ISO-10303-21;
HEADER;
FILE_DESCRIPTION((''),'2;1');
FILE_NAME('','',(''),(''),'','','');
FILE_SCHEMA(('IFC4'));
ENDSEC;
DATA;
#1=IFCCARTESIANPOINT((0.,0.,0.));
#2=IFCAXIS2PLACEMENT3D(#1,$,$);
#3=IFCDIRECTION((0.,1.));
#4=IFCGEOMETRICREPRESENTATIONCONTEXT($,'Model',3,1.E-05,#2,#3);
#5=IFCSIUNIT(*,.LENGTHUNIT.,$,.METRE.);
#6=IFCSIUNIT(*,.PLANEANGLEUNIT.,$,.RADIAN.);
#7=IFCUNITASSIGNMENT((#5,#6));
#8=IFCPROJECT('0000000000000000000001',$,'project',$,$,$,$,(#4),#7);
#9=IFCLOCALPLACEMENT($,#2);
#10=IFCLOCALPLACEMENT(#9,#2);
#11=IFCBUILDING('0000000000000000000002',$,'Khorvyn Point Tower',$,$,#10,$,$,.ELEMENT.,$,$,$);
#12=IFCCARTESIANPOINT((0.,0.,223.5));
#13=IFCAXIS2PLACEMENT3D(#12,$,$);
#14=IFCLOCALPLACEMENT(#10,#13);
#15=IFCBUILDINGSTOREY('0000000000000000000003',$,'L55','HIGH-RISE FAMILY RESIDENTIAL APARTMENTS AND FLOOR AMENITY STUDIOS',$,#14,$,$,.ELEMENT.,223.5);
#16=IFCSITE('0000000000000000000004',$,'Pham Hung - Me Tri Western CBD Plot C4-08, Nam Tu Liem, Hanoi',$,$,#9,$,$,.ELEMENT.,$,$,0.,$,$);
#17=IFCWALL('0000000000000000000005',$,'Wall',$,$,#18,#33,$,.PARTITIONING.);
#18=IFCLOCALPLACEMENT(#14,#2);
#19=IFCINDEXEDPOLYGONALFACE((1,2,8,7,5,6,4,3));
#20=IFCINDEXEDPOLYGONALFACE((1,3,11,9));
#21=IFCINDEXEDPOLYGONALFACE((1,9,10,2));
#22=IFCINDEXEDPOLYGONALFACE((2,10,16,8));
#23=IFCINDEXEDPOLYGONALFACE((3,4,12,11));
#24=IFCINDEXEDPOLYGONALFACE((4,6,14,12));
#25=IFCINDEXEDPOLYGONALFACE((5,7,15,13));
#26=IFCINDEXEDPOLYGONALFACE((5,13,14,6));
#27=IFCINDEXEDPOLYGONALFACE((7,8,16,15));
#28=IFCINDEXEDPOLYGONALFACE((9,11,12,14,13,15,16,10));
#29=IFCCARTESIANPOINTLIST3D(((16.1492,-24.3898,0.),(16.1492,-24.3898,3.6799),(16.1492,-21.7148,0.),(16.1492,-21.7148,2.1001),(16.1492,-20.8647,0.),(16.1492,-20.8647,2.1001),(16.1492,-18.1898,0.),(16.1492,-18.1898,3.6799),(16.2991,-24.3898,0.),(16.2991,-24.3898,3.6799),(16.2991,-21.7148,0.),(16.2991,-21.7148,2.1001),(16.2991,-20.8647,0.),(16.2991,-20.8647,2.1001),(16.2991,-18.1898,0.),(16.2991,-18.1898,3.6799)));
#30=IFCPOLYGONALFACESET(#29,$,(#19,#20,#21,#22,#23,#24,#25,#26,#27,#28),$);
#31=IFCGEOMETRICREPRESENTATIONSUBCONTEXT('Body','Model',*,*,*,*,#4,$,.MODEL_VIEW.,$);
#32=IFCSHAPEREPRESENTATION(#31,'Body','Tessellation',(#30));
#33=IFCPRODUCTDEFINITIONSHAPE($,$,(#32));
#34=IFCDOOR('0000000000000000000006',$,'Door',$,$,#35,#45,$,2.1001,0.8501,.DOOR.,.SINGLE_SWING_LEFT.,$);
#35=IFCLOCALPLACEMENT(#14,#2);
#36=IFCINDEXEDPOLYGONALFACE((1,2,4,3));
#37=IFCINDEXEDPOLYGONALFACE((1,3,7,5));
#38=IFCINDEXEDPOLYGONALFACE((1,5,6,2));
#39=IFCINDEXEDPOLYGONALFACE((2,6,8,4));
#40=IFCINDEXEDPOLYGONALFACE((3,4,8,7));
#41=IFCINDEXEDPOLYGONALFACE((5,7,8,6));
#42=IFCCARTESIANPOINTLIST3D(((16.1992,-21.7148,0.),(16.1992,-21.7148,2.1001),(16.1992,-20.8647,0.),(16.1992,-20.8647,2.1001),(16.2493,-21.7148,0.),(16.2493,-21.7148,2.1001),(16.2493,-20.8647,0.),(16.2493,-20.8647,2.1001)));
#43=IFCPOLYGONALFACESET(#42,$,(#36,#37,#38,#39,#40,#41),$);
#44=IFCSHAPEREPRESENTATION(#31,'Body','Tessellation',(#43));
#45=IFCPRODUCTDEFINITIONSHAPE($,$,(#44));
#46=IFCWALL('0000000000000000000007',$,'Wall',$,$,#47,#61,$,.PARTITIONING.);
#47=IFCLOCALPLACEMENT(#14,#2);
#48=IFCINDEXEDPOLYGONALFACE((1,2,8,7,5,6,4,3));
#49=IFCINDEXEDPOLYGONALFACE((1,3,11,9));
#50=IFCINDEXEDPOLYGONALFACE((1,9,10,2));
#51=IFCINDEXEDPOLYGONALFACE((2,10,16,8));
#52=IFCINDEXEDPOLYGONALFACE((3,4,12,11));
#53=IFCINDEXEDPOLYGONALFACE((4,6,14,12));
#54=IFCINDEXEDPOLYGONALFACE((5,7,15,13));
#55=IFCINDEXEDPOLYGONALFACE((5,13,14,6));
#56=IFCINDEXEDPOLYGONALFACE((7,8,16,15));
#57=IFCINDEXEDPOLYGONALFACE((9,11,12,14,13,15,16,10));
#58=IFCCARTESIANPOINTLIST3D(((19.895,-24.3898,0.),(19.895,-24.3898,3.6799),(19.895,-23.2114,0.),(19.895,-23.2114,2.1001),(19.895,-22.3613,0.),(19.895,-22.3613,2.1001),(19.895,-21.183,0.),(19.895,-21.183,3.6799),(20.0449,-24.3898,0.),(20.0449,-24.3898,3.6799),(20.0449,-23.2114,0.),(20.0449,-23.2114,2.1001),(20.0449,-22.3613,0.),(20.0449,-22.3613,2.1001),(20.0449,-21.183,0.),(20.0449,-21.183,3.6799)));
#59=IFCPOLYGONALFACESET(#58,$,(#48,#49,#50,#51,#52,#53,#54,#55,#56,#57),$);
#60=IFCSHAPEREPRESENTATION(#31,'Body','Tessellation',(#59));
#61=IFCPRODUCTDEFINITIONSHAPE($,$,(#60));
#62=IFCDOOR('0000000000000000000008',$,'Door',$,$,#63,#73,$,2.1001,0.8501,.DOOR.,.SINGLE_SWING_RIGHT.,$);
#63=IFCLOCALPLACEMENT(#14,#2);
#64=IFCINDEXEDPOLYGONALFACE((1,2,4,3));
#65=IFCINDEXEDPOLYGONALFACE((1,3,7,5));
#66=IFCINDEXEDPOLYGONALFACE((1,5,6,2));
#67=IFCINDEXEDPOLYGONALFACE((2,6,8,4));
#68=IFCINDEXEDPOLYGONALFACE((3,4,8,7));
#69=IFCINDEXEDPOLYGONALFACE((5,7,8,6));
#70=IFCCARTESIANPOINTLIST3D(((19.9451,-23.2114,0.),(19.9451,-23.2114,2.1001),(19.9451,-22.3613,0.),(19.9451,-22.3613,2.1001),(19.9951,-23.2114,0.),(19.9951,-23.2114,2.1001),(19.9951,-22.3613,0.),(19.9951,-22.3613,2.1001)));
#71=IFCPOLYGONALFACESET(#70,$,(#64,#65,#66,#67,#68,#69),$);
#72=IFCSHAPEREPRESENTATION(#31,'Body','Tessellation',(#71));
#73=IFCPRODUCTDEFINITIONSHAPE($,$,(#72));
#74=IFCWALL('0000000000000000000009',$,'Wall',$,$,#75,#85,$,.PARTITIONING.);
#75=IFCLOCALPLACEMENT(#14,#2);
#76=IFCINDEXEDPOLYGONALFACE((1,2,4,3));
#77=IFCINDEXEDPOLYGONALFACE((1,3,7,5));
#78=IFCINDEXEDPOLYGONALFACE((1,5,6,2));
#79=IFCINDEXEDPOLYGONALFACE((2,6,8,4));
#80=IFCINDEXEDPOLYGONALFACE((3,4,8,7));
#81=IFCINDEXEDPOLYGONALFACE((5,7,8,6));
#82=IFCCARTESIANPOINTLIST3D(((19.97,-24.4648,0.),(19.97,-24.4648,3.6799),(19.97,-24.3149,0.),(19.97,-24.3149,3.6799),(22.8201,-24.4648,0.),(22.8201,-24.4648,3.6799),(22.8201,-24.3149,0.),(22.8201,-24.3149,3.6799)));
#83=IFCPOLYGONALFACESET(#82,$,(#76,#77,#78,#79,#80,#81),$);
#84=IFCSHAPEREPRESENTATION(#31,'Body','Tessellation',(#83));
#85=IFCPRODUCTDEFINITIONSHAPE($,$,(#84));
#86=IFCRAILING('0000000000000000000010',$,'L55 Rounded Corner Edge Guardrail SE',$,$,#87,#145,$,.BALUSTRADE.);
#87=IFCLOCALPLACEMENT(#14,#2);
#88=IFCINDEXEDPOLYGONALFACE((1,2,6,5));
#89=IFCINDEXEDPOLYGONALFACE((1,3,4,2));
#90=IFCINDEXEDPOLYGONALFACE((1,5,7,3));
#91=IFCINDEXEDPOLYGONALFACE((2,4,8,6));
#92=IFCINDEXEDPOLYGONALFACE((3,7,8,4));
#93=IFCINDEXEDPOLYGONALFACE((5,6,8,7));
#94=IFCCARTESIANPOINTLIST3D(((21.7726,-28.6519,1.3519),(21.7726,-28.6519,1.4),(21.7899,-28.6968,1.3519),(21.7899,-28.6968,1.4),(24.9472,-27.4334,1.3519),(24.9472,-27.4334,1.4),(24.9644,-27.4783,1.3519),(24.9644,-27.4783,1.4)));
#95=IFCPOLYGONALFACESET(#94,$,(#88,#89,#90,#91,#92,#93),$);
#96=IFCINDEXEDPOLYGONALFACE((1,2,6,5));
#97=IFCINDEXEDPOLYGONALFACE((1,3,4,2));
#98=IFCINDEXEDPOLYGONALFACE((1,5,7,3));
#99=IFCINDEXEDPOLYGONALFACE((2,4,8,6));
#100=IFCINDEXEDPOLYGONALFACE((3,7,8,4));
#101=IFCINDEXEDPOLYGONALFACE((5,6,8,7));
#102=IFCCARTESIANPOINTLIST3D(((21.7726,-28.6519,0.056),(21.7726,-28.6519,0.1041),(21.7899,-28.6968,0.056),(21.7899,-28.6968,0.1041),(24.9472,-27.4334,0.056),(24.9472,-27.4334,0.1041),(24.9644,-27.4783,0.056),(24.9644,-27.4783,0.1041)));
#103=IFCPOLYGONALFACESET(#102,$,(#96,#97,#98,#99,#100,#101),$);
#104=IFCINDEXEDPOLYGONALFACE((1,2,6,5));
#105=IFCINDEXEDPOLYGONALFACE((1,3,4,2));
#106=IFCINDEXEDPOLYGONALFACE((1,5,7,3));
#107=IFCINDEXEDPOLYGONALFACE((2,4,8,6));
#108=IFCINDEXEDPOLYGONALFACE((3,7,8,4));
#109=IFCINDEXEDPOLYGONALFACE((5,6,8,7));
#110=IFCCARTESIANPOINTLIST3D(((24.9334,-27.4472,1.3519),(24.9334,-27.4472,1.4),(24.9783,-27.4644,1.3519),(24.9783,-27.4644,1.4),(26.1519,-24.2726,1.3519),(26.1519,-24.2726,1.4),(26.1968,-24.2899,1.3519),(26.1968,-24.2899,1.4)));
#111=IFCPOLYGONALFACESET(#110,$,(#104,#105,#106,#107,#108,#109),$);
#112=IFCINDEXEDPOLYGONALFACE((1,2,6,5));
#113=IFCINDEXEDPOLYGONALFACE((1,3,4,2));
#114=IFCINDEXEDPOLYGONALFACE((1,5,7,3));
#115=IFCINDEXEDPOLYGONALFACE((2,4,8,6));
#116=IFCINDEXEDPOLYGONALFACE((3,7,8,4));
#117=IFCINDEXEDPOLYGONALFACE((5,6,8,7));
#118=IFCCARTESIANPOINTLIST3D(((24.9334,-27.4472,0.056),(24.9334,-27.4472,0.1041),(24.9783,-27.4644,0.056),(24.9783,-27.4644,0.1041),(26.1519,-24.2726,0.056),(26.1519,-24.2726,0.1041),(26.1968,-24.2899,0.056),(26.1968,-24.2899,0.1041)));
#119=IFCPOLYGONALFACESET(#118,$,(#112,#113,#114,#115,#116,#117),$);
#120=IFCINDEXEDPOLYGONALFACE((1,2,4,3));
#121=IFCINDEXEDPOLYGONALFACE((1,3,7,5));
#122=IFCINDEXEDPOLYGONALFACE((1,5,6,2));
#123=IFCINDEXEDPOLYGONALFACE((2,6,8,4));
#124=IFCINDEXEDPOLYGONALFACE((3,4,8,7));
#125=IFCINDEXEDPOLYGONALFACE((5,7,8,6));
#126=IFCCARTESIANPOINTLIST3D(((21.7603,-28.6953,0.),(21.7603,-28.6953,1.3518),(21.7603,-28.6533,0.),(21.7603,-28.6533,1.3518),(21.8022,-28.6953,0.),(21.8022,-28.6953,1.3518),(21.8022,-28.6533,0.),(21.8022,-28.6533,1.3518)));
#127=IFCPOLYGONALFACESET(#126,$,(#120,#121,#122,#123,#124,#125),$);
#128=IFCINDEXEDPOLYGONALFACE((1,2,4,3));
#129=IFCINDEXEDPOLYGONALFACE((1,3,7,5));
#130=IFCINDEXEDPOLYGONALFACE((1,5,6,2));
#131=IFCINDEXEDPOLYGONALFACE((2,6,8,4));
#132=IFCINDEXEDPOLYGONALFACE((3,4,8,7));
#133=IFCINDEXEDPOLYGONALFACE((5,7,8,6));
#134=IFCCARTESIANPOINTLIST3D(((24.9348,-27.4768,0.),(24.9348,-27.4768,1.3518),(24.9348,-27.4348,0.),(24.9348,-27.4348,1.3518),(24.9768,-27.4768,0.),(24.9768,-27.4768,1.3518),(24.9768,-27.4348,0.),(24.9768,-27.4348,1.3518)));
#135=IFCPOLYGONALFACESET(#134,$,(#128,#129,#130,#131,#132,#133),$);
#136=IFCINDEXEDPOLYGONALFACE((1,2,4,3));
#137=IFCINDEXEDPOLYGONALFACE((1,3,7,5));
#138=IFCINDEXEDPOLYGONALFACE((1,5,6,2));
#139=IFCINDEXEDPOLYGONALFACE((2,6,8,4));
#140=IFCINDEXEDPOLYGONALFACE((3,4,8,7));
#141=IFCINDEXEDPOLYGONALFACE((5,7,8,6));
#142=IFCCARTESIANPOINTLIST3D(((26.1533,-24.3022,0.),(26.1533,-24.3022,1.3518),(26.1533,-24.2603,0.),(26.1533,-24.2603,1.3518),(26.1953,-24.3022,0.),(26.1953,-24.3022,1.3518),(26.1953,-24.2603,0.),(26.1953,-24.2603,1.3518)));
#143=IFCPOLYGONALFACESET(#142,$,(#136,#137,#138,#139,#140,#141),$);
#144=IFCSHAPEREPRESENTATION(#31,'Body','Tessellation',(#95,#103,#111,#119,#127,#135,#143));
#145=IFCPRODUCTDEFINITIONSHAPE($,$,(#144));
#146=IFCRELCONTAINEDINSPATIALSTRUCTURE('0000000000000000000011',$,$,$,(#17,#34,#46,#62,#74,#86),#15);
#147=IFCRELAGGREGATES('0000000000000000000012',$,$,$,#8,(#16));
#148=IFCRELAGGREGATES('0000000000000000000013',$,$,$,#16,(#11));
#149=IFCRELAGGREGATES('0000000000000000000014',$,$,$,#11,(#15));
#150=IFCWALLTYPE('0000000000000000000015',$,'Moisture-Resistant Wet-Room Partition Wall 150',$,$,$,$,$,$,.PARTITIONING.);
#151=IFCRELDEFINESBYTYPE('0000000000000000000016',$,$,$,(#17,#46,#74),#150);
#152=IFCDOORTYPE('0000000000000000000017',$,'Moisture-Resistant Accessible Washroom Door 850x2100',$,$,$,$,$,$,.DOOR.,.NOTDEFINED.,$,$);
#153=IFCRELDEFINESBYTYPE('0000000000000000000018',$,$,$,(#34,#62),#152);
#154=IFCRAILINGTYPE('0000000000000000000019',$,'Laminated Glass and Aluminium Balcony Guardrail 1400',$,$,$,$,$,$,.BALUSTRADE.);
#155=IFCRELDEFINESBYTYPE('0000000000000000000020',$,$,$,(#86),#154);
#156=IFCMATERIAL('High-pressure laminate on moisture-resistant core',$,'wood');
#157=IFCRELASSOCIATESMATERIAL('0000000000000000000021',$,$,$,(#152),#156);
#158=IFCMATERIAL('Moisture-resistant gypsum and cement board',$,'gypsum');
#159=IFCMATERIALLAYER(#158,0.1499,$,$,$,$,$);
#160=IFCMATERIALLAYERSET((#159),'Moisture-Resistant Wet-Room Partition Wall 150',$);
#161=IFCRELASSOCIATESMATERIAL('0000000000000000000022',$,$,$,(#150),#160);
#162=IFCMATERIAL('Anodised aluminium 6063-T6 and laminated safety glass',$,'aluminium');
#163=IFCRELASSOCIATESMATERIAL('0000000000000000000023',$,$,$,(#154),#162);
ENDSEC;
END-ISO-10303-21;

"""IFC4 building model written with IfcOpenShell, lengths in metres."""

from ifc_helpers import new_model, si_unit, direction, frame, frame_2d, origin, origin_2d, place, context, subcontext, project, spatial, rectangle, extrude, material, layer, layer_set, type_object, element, fill, save


model = new_model("IFC4")

# Units and contexts
model_context = context("Model", 3, precision=1e-05, world=origin(), true_north=direction((0.0, 1.0)))
body_context = subcontext(model_context, "Body", "Model", "MODEL_VIEW")
ifc_project = project(units=[si_unit("LENGTHUNIT", "METRE"), si_unit("PLANEANGLEUNIT", "RADIAN")], contexts=[model_context])

# Site, building, storey
site_placement = place(None, origin())
site = spatial("IfcSite", under=ifc_project, at=site_placement, Name="Pham Hung - Me Tri Western CBD Plot C4-08, Nam Tu Liem, Hanoi", CompositionType="ELEMENT", RefElevation=0.0)
building_placement = place(site_placement, origin())
building = spatial("IfcBuilding", under=site, at=building_placement, Name="Khorvyn Point Tower", CompositionType="ELEMENT")
storey_placement = place(building_placement, frame((0.0, 0.0, 223.5)))
storey = spatial("IfcBuildingStorey", under=building, at=storey_placement, Name="L55", Description="HIGH-RISE FAMILY RESIDENTIAL APARTMENTS AND FLOOR AMENITY STUDIOS", CompositionType="ELEMENT", Elevation=223.5)

# Walls, openings, doors
ifc_material_1 = material(Name="High-pressure laminate on moisture-resistant core", Category="wood")
door_type_1 = type_object("IfcDoorType", Name="Moisture-Resistant Accessible Washroom Door 850x2100", OperationType="NOTDEFINED", PredefinedType="DOOR", material=ifc_material_1)
ifc_material_2 = material(Name="Moisture-resistant gypsum and cement board", Category="gypsum")
ifc_layer_1 = layer(ifc_material_2, 0.1499)
ifc_layer_set_1 = layer_set([ifc_layer_1], Name="Moisture-Resistant Wet-Room Partition Wall 150")
wall_type_1 = type_object("IfcWallType", Name="Moisture-Resistant Wet-Room Partition Wall 150", PredefinedType="PARTITIONING", material=ifc_layer_set_1)
wall_1_placement = place(storey_placement, frame((16.2241, -24.3899, 0.0), z_axis=(0.0, 0.0, 1.0), x_axis=(0.0, 1.0, 0.0)))
wall_1 = element("IfcWall", 1, at=wall_1_placement, inside=storey, type_object=wall_type_1, Name="Wall", PredefinedType="PARTITIONING", context=body_context, shape_type="SweptSolid", body=[
    extrude(rectangle(XDim=6.2, YDim=0.1499, at=frame_2d((3.1001, 0.0))), origin(), (0.0, 0.0, 1.0), 3.6799),
])
opening_1_placement = place(wall_1_placement, frame((2.675, 0.0, 0.0)))
opening_1 = element("IfcOpeningElement", 2, at=opening_1_placement, cuts=wall_1, PredefinedType="OPENING", context=body_context, shape_type="SweptSolid", body=[
    extrude(rectangle(XDim=0.8501, YDim=2.1001, at=frame_2d((0.425, 1.05))), frame((0.0, 0.085, 0.0), z_axis=(0.0, -1.0, 0.0), x_axis=(1.0, 0.0, 0.0)), (0.0, 0.0, 1.0), 0.1699),
])
door_1_placement = place(opening_1_placement, origin())
door_1 = element("IfcDoor", 3, at=door_1_placement, inside=storey, type_object=door_type_1, Name="Door", OperationType="SINGLE_SWING_LEFT", OverallHeight=2.1001, OverallWidth=0.8501, PredefinedType="DOOR", context=body_context, shape_type="SweptSolid", body=[
    extrude(rectangle(XDim=0.8501, YDim=2.1001, at=frame_2d((0.425, 1.05))), frame((0.0, 0.0249, 0.0), z_axis=(0.0, -1.0, 0.0), x_axis=(1.0, 0.0, 0.0)), (0.0, 0.0, 1.0), 0.05),
])
fill(opening_1, door_1)
wall_2_placement = place(storey_placement, frame((19.97, -24.3899, 0.0), z_axis=(0.0, 0.0, 1.0), x_axis=(0.0, 1.0, 0.0)))
wall_2 = element("IfcWall", 4, at=wall_2_placement, inside=storey, type_object=wall_type_1, Name="Wall", PredefinedType="PARTITIONING", context=body_context, shape_type="SweptSolid", body=[
    extrude(rectangle(XDim=3.2068, YDim=0.1499, at=frame_2d((1.6035, 0.0))), origin(), (0.0, 0.0, 1.0), 3.6799),
])
opening_2_placement = place(wall_2_placement, frame((1.1785, 0.0, 0.0)))
opening_2 = element("IfcOpeningElement", 5, at=opening_2_placement, cuts=wall_2, PredefinedType="OPENING", context=body_context, shape_type="SweptSolid", body=[
    extrude(rectangle(XDim=0.8501, YDim=2.1001, at=frame_2d((0.425, 1.05))), frame((0.0, 0.085, 0.0), z_axis=(0.0, -1.0, 0.0), x_axis=(1.0, 0.0, 0.0)), (0.0, 0.0, 1.0), 0.1699),
])
door_2_placement = place(opening_2_placement, origin())
door_2 = element("IfcDoor", 6, at=door_2_placement, inside=storey, type_object=door_type_1, Name="Door", OperationType="SINGLE_SWING_RIGHT", OverallHeight=2.1001, OverallWidth=0.8501, PredefinedType="DOOR", context=body_context, shape_type="SweptSolid", body=[
    extrude(rectangle(XDim=0.8501, YDim=2.1001, at=frame_2d((0.425, 1.05))), frame((0.0, 0.0249, 0.0), z_axis=(0.0, -1.0, 0.0), x_axis=(1.0, 0.0, 0.0)), (0.0, 0.0, 1.0), 0.05),
])
fill(opening_2, door_2)

# Wall
wall_3_placement = place(storey_placement, frame((19.97, -24.3899, 0.0), z_axis=(0.0, 0.0, 1.0), x_axis=(1.0, 0.0, 0.0)))
element("IfcWall", 7, at=wall_3_placement, inside=storey, type_object=wall_type_1, Name="Wall", PredefinedType="PARTITIONING", context=body_context, shape_type="SweptSolid", body=[
    extrude(rectangle(XDim=2.8501, YDim=0.1499, at=frame_2d((1.425, 0.0))), origin(), (0.0, 0.0, 1.0), 3.6799),
])

# Railing
ifc_material_3 = material(Name="Anodised aluminium 6063-T6 and laminated safety glass", Category="aluminium")
railing_type = type_object("IfcRailingType", Name="Laminated Glass and Aluminium Balcony Guardrail 1400", PredefinedType="BALUSTRADE", material=ifc_material_3)
railing_1_placement = place(storey_placement, frame((21.7812, -28.6743, 0.0)))
element("IfcRailing", 8, at=railing_1_placement, inside=storey, type_object=railing_type, Name="L55 Rounded Corner Edge Guardrail SE", PredefinedType="BALUSTRADE", context=body_context, shape_type="SweptSolid", body=[
    extrude(rectangle(XDim=0.0481, YDim=0.0481, at=origin_2d()), frame((0.0, 0.0, 1.376), z_axis=(0.93359, 0.358344, 0.0), x_axis=(-0.358344, 0.93359, 0.0)), (0.0, 0.0, 1.0), 3.4004),
    extrude(rectangle(XDim=0.0481, YDim=0.0481, at=origin_2d()), frame((0.0, 0.0, 0.0801), z_axis=(0.93359, 0.358344, 0.0), x_axis=(-0.358344, 0.93359, 0.0)), (0.0, 0.0, 1.0), 3.4004),
    extrude(rectangle(XDim=0.0481, YDim=0.0481, at=origin_2d()), frame((3.1746, 1.2185, 1.376), z_axis=(0.358344, 0.93359, 0.0), x_axis=(-0.93359, 0.358344, 0.0)), (0.0, 0.0, 1.0), 3.4004),
    extrude(rectangle(XDim=0.0481, YDim=0.0481, at=origin_2d()), frame((3.1746, 1.2185, 0.0801), z_axis=(0.358344, 0.93359, 0.0), x_axis=(-0.93359, 0.358344, 0.0)), (0.0, 0.0, 1.0), 3.4004),
    extrude(rectangle(XDim=0.042, YDim=0.042, at=origin_2d()), origin(), (0.0, 0.0, 1.0), 1.3518),
    extrude(rectangle(XDim=0.042, YDim=0.042, at=origin_2d()), frame((3.1746, 1.2185, 0.0)), (0.0, 0.0, 1.0), 1.3518),
    extrude(rectangle(XDim=0.042, YDim=0.042, at=origin_2d()), frame((4.3931, 4.3931, 0.0)), (0.0, 0.0, 1.0), 1.3518),
])

save(model, "model.ifc")
